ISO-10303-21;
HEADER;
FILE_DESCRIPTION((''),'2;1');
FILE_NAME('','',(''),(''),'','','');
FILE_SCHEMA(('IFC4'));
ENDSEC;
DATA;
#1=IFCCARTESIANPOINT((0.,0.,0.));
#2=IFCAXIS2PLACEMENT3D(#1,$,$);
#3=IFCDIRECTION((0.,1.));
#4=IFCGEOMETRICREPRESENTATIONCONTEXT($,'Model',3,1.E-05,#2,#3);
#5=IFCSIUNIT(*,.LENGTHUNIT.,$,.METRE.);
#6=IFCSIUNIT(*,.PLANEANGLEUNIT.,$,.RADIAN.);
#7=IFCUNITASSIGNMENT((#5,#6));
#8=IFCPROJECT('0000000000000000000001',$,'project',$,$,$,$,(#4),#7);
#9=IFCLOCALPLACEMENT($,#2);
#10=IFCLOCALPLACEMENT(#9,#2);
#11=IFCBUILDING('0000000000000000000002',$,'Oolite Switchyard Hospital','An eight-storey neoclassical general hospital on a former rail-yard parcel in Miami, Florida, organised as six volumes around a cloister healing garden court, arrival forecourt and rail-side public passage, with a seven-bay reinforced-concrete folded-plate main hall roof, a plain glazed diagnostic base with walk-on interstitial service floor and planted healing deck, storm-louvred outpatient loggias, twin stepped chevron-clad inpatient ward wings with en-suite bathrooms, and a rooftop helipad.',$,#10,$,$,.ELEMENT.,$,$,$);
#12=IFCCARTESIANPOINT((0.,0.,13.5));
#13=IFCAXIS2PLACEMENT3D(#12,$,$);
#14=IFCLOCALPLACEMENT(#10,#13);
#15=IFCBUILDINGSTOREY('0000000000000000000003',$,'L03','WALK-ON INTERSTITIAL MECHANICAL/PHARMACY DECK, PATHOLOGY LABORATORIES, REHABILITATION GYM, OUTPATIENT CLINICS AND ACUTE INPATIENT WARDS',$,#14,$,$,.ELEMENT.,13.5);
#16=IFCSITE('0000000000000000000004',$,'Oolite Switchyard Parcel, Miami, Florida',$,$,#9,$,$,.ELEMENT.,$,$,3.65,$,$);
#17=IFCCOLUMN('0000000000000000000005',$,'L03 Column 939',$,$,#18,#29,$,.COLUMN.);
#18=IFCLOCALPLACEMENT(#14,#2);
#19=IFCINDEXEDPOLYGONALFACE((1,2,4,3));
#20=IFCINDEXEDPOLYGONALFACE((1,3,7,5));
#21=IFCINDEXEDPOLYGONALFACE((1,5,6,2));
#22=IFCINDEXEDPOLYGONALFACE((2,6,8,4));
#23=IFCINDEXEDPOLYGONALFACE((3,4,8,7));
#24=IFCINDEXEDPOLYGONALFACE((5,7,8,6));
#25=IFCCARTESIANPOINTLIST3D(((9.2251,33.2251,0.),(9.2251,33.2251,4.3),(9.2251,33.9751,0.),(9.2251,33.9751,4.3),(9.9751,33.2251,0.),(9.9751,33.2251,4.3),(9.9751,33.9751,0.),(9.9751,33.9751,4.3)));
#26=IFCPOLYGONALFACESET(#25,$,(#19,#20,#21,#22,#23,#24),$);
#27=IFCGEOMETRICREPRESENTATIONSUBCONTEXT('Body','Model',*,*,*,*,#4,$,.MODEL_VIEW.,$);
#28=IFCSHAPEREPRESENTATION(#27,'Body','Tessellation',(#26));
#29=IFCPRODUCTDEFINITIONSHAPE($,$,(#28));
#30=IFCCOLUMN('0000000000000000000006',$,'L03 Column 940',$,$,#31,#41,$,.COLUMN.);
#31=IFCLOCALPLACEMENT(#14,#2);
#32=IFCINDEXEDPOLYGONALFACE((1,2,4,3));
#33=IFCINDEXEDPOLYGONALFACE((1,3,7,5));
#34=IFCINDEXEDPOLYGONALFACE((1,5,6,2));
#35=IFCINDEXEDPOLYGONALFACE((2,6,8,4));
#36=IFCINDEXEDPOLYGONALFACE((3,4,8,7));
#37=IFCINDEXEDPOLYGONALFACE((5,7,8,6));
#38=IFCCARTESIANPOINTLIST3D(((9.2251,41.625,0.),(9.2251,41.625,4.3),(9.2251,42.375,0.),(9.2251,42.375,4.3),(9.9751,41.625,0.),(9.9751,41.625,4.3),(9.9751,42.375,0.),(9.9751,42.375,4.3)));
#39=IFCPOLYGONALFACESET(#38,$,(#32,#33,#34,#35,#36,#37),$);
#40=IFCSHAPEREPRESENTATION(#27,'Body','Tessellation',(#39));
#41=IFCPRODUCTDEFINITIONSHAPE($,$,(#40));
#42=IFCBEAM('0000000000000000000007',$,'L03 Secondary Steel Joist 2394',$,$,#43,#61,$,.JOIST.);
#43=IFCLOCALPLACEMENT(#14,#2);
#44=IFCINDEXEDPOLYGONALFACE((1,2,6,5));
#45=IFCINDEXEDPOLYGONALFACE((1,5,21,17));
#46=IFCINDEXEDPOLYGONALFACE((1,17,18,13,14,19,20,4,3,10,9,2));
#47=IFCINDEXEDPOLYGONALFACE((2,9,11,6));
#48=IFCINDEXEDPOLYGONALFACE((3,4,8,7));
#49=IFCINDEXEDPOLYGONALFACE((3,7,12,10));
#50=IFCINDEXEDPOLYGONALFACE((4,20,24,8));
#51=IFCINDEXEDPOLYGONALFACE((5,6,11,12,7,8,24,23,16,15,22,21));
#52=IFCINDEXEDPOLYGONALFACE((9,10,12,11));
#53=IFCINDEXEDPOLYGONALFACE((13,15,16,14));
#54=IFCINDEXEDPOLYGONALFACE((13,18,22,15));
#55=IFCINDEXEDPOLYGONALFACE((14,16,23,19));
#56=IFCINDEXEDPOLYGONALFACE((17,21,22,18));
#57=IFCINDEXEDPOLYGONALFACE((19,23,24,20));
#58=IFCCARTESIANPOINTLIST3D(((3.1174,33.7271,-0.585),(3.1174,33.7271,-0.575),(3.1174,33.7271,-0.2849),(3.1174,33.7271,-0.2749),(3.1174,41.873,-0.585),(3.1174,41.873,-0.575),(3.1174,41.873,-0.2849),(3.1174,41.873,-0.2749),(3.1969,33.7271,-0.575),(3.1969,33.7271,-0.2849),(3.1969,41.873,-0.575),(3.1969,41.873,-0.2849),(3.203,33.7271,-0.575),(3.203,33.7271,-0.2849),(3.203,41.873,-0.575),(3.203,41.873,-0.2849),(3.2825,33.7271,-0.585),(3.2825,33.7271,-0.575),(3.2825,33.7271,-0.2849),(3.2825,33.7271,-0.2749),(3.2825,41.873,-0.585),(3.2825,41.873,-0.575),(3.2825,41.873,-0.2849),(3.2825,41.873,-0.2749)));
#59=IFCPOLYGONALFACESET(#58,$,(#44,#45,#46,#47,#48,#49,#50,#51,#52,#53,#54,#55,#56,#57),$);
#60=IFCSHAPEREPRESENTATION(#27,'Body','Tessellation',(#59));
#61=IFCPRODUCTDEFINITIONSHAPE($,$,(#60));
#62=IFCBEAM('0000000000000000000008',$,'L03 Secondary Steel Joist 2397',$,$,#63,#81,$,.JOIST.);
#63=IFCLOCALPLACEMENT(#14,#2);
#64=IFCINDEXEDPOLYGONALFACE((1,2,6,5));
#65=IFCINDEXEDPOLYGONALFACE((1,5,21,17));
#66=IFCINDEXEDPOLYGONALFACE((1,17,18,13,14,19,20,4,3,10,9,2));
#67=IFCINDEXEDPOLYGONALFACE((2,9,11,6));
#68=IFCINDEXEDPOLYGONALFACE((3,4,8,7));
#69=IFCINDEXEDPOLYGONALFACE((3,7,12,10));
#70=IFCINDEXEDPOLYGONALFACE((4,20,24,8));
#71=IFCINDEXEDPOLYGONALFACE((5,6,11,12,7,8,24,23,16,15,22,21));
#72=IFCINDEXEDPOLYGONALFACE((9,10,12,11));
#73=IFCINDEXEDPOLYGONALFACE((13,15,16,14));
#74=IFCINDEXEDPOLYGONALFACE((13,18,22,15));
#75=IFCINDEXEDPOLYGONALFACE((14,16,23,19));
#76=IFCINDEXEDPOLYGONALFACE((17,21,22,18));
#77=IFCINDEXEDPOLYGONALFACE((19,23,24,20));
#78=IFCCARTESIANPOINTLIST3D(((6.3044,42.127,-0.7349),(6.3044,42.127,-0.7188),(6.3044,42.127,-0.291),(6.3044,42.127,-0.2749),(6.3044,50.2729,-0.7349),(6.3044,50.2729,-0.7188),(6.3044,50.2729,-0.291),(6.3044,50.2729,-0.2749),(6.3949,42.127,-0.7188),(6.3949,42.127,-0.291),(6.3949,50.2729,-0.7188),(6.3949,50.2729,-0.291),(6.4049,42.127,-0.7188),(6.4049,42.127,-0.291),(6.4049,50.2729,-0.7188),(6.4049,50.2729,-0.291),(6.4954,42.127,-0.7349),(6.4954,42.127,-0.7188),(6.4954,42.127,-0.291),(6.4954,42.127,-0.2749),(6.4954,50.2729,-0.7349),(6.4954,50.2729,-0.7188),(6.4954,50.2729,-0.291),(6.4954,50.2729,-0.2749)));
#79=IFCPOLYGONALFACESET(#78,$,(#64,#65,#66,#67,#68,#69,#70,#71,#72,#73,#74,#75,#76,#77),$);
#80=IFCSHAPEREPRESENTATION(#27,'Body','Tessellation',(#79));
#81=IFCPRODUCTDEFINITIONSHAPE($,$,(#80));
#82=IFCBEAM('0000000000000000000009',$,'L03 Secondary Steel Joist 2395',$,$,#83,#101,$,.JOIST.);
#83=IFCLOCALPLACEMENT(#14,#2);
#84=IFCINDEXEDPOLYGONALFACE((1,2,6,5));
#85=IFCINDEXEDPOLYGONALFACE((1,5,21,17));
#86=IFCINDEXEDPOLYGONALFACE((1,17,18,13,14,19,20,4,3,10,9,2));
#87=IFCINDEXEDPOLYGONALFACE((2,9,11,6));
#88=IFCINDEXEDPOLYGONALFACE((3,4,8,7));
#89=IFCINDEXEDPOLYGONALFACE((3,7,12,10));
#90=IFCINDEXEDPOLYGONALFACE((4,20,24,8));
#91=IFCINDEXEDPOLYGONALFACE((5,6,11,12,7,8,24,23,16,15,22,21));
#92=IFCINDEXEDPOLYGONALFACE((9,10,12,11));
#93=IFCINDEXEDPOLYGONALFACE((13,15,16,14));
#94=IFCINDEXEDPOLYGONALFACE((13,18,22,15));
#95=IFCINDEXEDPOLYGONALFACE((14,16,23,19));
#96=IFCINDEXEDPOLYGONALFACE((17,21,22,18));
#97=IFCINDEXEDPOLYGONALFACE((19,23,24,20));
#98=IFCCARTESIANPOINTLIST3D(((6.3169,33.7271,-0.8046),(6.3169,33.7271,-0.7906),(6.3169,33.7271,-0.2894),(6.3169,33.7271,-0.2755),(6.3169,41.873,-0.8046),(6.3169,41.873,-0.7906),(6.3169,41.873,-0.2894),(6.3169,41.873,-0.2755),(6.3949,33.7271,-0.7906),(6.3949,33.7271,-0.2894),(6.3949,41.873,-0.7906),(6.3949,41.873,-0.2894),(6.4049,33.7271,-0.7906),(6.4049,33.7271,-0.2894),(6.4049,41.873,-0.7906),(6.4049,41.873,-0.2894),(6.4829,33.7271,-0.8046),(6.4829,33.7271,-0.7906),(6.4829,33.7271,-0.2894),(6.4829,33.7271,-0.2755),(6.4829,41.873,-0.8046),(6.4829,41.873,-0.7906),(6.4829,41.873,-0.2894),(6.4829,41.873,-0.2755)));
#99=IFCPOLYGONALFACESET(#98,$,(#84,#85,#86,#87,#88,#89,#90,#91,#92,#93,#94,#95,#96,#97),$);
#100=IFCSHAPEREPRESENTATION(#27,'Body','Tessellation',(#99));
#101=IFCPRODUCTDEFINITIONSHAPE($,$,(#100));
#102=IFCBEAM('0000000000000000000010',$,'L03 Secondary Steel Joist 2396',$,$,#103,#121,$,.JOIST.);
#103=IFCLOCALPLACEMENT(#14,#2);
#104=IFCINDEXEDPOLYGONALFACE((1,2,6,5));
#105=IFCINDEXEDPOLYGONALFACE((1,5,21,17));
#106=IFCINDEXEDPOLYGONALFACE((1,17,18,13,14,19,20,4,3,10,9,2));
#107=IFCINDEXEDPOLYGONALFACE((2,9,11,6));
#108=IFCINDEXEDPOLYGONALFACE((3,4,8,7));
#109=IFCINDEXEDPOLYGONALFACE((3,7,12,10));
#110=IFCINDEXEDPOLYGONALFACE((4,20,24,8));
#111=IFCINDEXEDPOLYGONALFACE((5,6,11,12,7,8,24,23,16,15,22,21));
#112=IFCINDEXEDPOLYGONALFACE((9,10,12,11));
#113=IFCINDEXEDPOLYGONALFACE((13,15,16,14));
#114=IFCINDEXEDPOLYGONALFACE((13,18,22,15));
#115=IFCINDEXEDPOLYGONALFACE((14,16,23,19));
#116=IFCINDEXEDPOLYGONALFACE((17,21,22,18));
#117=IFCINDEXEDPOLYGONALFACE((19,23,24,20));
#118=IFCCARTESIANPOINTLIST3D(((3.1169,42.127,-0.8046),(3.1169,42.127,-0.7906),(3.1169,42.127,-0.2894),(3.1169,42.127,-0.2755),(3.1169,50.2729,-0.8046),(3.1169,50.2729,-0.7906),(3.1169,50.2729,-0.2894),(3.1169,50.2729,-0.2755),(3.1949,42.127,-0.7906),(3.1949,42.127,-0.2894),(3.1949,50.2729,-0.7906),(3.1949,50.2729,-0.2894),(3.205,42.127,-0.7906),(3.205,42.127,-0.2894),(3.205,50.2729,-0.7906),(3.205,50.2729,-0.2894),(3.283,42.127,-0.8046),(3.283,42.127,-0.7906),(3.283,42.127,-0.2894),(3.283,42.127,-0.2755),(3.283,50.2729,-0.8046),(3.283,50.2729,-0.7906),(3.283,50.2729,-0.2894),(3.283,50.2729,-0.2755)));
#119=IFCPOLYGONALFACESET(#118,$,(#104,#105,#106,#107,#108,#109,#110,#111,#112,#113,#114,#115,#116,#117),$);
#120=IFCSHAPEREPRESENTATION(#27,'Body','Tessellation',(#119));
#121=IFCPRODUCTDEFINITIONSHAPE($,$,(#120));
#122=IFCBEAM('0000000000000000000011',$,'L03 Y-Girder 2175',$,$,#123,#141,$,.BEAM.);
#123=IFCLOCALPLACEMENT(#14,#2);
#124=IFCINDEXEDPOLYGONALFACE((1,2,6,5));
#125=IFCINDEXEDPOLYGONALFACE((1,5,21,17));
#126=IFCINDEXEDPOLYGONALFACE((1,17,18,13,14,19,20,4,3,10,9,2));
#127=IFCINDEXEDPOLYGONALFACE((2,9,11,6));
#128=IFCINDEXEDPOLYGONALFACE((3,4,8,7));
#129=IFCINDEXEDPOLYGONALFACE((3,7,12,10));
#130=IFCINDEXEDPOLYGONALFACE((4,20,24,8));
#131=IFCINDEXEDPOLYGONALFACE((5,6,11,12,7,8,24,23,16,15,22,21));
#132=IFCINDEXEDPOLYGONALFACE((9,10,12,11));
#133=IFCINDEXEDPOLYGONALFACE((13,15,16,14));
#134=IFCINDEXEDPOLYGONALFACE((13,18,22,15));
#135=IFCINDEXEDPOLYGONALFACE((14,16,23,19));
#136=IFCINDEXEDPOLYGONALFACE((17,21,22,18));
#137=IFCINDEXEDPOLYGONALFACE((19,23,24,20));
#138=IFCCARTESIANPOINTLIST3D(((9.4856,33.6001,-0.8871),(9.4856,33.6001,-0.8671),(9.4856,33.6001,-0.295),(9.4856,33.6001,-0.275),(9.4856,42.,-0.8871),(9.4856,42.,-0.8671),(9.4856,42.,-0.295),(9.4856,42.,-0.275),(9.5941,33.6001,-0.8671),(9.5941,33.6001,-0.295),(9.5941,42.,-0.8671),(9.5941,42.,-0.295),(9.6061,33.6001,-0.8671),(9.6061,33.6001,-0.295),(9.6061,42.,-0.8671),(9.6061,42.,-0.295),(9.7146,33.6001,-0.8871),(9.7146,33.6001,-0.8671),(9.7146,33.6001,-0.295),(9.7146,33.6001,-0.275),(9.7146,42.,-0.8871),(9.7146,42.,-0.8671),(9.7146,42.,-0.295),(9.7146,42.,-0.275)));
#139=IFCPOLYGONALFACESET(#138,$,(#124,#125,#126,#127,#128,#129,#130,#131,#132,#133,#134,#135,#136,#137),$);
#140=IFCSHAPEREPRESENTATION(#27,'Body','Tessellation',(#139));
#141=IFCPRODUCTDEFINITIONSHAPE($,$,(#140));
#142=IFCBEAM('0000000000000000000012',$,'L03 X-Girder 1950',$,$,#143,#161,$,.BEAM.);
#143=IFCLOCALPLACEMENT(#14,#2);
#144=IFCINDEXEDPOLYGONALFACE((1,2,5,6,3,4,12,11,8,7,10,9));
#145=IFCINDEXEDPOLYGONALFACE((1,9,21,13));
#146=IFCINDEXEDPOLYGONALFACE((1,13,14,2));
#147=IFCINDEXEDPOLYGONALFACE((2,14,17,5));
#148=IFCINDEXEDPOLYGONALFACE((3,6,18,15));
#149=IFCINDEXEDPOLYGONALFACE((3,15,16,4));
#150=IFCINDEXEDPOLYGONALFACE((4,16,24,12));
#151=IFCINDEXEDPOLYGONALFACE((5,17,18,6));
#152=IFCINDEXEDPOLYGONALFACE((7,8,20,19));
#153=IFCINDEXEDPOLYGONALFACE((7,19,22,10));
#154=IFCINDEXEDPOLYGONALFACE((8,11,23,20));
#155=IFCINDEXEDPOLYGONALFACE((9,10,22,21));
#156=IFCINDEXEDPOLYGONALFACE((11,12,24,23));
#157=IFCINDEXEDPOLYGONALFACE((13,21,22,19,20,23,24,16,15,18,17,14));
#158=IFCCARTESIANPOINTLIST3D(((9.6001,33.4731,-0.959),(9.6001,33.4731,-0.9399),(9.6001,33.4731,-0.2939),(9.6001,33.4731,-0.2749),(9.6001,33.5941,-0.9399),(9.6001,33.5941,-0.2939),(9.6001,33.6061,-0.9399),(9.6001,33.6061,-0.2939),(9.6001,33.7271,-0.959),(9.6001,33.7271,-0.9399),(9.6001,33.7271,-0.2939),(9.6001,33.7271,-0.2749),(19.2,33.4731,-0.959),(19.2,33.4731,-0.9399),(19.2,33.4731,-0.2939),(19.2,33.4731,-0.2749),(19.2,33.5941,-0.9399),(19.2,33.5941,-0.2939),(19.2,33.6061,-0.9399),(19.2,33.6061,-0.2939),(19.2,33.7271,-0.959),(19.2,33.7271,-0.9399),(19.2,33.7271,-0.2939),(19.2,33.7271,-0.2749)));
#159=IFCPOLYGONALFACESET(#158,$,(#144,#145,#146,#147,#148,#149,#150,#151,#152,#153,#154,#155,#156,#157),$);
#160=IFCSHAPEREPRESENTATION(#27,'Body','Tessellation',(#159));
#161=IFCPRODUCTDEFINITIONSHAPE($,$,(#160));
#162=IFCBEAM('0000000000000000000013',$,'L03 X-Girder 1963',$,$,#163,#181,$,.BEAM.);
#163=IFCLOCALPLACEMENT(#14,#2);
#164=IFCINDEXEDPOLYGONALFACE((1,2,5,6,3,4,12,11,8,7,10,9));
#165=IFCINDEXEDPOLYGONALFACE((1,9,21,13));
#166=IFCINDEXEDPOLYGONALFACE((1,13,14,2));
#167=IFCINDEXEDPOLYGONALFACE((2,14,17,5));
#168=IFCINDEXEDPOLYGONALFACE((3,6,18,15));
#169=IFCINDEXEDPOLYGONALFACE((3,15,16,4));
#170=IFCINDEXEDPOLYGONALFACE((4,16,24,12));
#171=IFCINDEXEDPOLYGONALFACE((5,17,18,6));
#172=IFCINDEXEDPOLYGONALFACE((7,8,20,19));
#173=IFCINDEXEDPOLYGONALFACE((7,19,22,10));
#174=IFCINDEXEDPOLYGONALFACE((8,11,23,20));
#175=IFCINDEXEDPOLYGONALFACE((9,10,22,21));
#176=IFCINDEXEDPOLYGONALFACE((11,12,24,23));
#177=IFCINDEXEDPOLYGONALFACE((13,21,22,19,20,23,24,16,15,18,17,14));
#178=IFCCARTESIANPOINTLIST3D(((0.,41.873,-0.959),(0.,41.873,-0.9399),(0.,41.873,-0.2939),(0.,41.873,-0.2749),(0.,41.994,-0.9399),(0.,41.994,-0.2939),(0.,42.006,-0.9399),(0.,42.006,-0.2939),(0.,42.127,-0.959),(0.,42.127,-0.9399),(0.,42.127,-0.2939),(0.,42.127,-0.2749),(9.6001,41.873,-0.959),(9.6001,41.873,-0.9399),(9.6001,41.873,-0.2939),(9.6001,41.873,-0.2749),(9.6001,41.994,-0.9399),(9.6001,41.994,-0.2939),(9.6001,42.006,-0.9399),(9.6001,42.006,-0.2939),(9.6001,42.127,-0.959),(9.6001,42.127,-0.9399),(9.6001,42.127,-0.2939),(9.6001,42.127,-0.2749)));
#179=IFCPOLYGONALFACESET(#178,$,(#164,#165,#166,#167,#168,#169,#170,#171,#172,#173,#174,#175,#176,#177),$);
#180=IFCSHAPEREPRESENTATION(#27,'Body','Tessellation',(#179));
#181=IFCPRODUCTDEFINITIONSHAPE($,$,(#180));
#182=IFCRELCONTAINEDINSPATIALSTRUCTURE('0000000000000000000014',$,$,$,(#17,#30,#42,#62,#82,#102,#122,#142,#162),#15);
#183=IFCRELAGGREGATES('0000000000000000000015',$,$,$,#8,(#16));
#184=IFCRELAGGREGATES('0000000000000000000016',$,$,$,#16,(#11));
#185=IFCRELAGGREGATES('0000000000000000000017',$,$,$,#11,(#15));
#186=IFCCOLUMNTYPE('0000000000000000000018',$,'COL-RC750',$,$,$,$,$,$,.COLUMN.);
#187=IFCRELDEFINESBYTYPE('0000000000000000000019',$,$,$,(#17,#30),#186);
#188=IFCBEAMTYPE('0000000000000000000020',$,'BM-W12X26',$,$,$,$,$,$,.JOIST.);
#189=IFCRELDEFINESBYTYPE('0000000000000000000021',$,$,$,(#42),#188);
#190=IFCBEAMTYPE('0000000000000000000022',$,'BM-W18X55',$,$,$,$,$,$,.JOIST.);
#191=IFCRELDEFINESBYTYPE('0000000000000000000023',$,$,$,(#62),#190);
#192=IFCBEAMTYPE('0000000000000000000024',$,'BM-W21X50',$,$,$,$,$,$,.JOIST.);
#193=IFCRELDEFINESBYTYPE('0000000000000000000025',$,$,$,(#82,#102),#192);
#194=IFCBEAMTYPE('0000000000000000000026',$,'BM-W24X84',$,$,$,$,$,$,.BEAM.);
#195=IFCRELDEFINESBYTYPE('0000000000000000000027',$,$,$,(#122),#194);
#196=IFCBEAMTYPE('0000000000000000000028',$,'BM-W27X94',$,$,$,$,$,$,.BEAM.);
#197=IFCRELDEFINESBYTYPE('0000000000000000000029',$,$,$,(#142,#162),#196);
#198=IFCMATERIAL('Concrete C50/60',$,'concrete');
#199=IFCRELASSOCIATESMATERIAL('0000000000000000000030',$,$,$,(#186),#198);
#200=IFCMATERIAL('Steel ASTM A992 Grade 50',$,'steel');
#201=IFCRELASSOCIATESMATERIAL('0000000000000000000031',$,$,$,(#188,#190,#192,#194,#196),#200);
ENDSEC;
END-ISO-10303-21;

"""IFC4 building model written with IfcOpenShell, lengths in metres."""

from ifc_helpers import new_model, si_unit, direction, frame, origin, origin_2d, place, context, subcontext, project, spatial, rectangle, i_section, extrude, material, material_profile, profile_set, type_object, element, save


model = new_model("IFC4")

# Units and contexts
model_context = context("Model", 3, precision=1e-05, world=origin(), true_north=direction((0.0, 1.0)))
body_context = subcontext(model_context, "Body", "Model", "MODEL_VIEW")
ifc_project = project(units=[si_unit("LENGTHUNIT", "METRE"), si_unit("PLANEANGLEUNIT", "RADIAN")], contexts=[model_context])

# Site, building, storey
site_placement = place(None, origin())
site = spatial("IfcSite", under=ifc_project, at=site_placement, Name="Oolite Switchyard Parcel, Miami, Florida", CompositionType="ELEMENT", RefElevation=3.65)
building_placement = place(site_placement, origin())
building = spatial("IfcBuilding", under=site, at=building_placement, Name="Oolite Switchyard Hospital", Description="An eight-storey neoclassical general hospital on a former rail-yard parcel in Miami, Florida, organised as six volumes around a cloister healing garden court, arrival forecourt and rail-side public passage, with a seven-bay reinforced-concrete folded-plate main hall roof, a plain glazed diagnostic base with walk-on interstitial service floor and planted healing deck, storm-louvred outpatient loggias, twin stepped chevron-clad inpatient ward wings with en-suite bathrooms, and a rooftop helipad.", CompositionType="ELEMENT")
storey_placement = place(building_placement, frame((0.0, 0.0, 13.5)))
storey = spatial("IfcBuildingStorey", under=building, at=storey_placement, Name="L03", Description="WALK-ON INTERSTITIAL MECHANICAL/PHARMACY DECK, PATHOLOGY LABORATORIES, REHABILITATION GYM, OUTPATIENT CLINICS AND ACUTE INPATIENT WARDS", CompositionType="ELEMENT", Elevation=13.5)

# Columns
ifc_material_1 = material(Name="Concrete C50/60", Category="concrete")
ifc_material_profile_1 = material_profile(ifc_material_1, rectangle(XDim=0.75, YDim=0.75, at=origin_2d()), Name="RC750X750")
ifc_profile_set_1 = profile_set([ifc_material_profile_1], Name="Concrete C50/60")
column_type = type_object("IfcColumnType", Name="COL-RC750", PredefinedType="COLUMN", material=ifc_profile_set_1)
for number, where, z_axis, x_axis, name in (
    (1, (9.6001, 33.6001, 0.0), (0.0, 0.0, 1.0), (1.0, 0.0, 0.0), "L03 Column 939"),
    (2, (9.6001, 42.0, 0.0), (0.0, 0.0, 1.0), (1.0, 0.0, 0.0), "L03 Column 940"),
):
    element("IfcColumn", number, at=place(storey_placement, frame(where, z_axis=z_axis, x_axis=x_axis)), inside=storey, type_object=column_type, Name=name, PredefinedType="COLUMN", context=body_context, shape_type="SweptSolid", body=[
        extrude(rectangle(XDim=0.75, YDim=0.75, at=origin_2d()), origin(), (0.0, 0.0, 1.0), 4.3),
    ])

# Beams
ifc_material_2 = material(Name="Steel ASTM A992 Grade 50", Category="steel")
ifc_material_profile_2 = material_profile(ifc_material_2, i_section(OverallWidth=0.165, OverallDepth=0.3101, WebThickness=0.0061, FlangeThickness=0.01, at=origin_2d()), Name="W12X26")
ifc_profile_set_2 = profile_set([ifc_material_profile_2], Name="Steel ASTM A992 Grade 50")
beam_type_1 = type_object("IfcBeamType", Name="BM-W12X26", PredefinedType="JOIST", material=ifc_profile_set_2)
beam_1_placement = place(storey_placement, frame((3.2, 33.7271, -0.4299), z_axis=(0.0, 1.0, 0.0), x_axis=(-1.0, 0.0, 0.0)))
element("IfcBeam", 3, at=beam_1_placement, inside=storey, type_object=beam_type_1, Name="L03 Secondary Steel Joist 2394", PredefinedType="JOIST", context=body_context, shape_type="SweptSolid", body=[
    extrude(i_section(OverallWidth=0.165, OverallDepth=0.3101, WebThickness=0.0061, FlangeThickness=0.01, at=origin_2d()), origin(), (0.0, 0.0, 1.0), 8.146),
])
ifc_material_profile_3 = material_profile(ifc_material_2, i_section(OverallWidth=0.1909, OverallDepth=0.46, WebThickness=0.01, FlangeThickness=0.0161, at=origin_2d()), Name="W18X55")
ifc_profile_set_3 = profile_set([ifc_material_profile_3], Name="Steel ASTM A992 Grade 50")
beam_type_2 = type_object("IfcBeamType", Name="BM-W18X55", PredefinedType="JOIST", material=ifc_profile_set_3)
beam_2_placement = place(storey_placement, frame((6.3999, 42.127, -0.5049), z_axis=(0.0, 1.0, 0.0), x_axis=(-1.0, 0.0, 0.0)))
element("IfcBeam", 4, at=beam_2_placement, inside=storey, type_object=beam_type_2, Name="L03 Secondary Steel Joist 2397", PredefinedType="JOIST", context=body_context, shape_type="SweptSolid", body=[
    extrude(i_section(OverallWidth=0.1909, OverallDepth=0.46, WebThickness=0.01, FlangeThickness=0.0161, at=origin_2d()), origin(), (0.0, 0.0, 1.0), 8.146),
])
ifc_material_profile_4 = material_profile(ifc_material_2, i_section(OverallWidth=0.166, OverallDepth=0.5291, WebThickness=0.01, FlangeThickness=0.0139, at=origin_2d()), Name="W21X50")
ifc_profile_set_4 = profile_set([ifc_material_profile_4], Name="Steel ASTM A992 Grade 50")
beam_type_3 = type_object("IfcBeamType", Name="BM-W21X50", PredefinedType="JOIST", material=ifc_profile_set_4)
for number, where, z_axis, x_axis, name in (
    (5, (6.3999, 33.7271, -0.54), (0.0, 1.0, 0.0), (-1.0, 0.0, 0.0), "L03 Secondary Steel Joist 2395"),
    (6, (3.2, 42.127, -0.54), (0.0, 1.0, 0.0), (-1.0, 0.0, 0.0), "L03 Secondary Steel Joist 2396"),
):
    element("IfcBeam", number, at=place(storey_placement, frame(where, z_axis=z_axis, x_axis=x_axis)), inside=storey, type_object=beam_type_3, Name=name, PredefinedType="JOIST", context=body_context, shape_type="SweptSolid", body=[
        extrude(i_section(OverallWidth=0.166, OverallDepth=0.5291, WebThickness=0.01, FlangeThickness=0.0139, at=origin_2d()), origin(), (0.0, 0.0, 1.0), 8.146),
    ])
ifc_material_profile_5 = material_profile(ifc_material_2, i_section(OverallWidth=0.229, OverallDepth=0.6121, WebThickness=0.012, FlangeThickness=0.02, at=origin_2d()), Name="W24X84")
ifc_profile_set_5 = profile_set([ifc_material_profile_5], Name="Steel ASTM A992 Grade 50")
beam_type_4 = type_object("IfcBeamType", Name="BM-W24X84", PredefinedType="BEAM", material=ifc_profile_set_5)
beam_3_placement = place(storey_placement, frame((9.6001, 33.6001, -0.5811), z_axis=(0.0, 1.0, 0.0), x_axis=(-1.0, 0.0, 0.0)))
element("IfcBeam", 7, at=beam_3_placement, inside=storey, type_object=beam_type_4, Name="L03 Y-Girder 2175", PredefinedType="BEAM", context=body_context, shape_type="SweptSolid", body=[
    extrude(i_section(OverallWidth=0.229, OverallDepth=0.6121, WebThickness=0.012, FlangeThickness=0.02, at=origin_2d()), origin(), (0.0, 0.0, 1.0), 8.3999),
])
ifc_material_profile_6 = material_profile(ifc_material_2, i_section(OverallWidth=0.2539, OverallDepth=0.6841, WebThickness=0.012, FlangeThickness=0.019, at=origin_2d()), Name="W27X94")
ifc_profile_set_6 = profile_set([ifc_material_profile_6], Name="Steel ASTM A992 Grade 50")
beam_type_5 = type_object("IfcBeamType", Name="BM-W27X94", PredefinedType="BEAM", material=ifc_profile_set_6)
beam_4_placement = place(storey_placement, frame((9.6001, 33.6001, -0.6169), z_axis=(1.0, 0.0, 0.0), x_axis=(0.0, 1.0, 0.0)))
element("IfcBeam", 8, at=beam_4_placement, inside=storey, type_object=beam_type_5, Name="L03 X-Girder 1950", PredefinedType="BEAM", context=body_context, shape_type="SweptSolid", body=[
    extrude(i_section(OverallWidth=0.2539, OverallDepth=0.6841, WebThickness=0.012, FlangeThickness=0.019, at=origin_2d()), origin(), (0.0, 0.0, 1.0), 9.5999),
])
beam_5_placement = place(storey_placement, frame((0.0, 42.0, -0.6169), z_axis=(1.0, 0.0, 0.0), x_axis=(0.0, 1.0, 0.0)))
element("IfcBeam", 9, at=beam_5_placement, inside=storey, type_object=beam_type_5, Name="L03 X-Girder 1963", PredefinedType="BEAM", context=body_context, shape_type="SweptSolid", body=[
    extrude(i_section(OverallWidth=0.2539, OverallDepth=0.6841, WebThickness=0.012, FlangeThickness=0.019, at=origin_2d()), origin(), (0.0, 0.0, 1.0), 9.6001),
])

save(model, "model.ifc")
